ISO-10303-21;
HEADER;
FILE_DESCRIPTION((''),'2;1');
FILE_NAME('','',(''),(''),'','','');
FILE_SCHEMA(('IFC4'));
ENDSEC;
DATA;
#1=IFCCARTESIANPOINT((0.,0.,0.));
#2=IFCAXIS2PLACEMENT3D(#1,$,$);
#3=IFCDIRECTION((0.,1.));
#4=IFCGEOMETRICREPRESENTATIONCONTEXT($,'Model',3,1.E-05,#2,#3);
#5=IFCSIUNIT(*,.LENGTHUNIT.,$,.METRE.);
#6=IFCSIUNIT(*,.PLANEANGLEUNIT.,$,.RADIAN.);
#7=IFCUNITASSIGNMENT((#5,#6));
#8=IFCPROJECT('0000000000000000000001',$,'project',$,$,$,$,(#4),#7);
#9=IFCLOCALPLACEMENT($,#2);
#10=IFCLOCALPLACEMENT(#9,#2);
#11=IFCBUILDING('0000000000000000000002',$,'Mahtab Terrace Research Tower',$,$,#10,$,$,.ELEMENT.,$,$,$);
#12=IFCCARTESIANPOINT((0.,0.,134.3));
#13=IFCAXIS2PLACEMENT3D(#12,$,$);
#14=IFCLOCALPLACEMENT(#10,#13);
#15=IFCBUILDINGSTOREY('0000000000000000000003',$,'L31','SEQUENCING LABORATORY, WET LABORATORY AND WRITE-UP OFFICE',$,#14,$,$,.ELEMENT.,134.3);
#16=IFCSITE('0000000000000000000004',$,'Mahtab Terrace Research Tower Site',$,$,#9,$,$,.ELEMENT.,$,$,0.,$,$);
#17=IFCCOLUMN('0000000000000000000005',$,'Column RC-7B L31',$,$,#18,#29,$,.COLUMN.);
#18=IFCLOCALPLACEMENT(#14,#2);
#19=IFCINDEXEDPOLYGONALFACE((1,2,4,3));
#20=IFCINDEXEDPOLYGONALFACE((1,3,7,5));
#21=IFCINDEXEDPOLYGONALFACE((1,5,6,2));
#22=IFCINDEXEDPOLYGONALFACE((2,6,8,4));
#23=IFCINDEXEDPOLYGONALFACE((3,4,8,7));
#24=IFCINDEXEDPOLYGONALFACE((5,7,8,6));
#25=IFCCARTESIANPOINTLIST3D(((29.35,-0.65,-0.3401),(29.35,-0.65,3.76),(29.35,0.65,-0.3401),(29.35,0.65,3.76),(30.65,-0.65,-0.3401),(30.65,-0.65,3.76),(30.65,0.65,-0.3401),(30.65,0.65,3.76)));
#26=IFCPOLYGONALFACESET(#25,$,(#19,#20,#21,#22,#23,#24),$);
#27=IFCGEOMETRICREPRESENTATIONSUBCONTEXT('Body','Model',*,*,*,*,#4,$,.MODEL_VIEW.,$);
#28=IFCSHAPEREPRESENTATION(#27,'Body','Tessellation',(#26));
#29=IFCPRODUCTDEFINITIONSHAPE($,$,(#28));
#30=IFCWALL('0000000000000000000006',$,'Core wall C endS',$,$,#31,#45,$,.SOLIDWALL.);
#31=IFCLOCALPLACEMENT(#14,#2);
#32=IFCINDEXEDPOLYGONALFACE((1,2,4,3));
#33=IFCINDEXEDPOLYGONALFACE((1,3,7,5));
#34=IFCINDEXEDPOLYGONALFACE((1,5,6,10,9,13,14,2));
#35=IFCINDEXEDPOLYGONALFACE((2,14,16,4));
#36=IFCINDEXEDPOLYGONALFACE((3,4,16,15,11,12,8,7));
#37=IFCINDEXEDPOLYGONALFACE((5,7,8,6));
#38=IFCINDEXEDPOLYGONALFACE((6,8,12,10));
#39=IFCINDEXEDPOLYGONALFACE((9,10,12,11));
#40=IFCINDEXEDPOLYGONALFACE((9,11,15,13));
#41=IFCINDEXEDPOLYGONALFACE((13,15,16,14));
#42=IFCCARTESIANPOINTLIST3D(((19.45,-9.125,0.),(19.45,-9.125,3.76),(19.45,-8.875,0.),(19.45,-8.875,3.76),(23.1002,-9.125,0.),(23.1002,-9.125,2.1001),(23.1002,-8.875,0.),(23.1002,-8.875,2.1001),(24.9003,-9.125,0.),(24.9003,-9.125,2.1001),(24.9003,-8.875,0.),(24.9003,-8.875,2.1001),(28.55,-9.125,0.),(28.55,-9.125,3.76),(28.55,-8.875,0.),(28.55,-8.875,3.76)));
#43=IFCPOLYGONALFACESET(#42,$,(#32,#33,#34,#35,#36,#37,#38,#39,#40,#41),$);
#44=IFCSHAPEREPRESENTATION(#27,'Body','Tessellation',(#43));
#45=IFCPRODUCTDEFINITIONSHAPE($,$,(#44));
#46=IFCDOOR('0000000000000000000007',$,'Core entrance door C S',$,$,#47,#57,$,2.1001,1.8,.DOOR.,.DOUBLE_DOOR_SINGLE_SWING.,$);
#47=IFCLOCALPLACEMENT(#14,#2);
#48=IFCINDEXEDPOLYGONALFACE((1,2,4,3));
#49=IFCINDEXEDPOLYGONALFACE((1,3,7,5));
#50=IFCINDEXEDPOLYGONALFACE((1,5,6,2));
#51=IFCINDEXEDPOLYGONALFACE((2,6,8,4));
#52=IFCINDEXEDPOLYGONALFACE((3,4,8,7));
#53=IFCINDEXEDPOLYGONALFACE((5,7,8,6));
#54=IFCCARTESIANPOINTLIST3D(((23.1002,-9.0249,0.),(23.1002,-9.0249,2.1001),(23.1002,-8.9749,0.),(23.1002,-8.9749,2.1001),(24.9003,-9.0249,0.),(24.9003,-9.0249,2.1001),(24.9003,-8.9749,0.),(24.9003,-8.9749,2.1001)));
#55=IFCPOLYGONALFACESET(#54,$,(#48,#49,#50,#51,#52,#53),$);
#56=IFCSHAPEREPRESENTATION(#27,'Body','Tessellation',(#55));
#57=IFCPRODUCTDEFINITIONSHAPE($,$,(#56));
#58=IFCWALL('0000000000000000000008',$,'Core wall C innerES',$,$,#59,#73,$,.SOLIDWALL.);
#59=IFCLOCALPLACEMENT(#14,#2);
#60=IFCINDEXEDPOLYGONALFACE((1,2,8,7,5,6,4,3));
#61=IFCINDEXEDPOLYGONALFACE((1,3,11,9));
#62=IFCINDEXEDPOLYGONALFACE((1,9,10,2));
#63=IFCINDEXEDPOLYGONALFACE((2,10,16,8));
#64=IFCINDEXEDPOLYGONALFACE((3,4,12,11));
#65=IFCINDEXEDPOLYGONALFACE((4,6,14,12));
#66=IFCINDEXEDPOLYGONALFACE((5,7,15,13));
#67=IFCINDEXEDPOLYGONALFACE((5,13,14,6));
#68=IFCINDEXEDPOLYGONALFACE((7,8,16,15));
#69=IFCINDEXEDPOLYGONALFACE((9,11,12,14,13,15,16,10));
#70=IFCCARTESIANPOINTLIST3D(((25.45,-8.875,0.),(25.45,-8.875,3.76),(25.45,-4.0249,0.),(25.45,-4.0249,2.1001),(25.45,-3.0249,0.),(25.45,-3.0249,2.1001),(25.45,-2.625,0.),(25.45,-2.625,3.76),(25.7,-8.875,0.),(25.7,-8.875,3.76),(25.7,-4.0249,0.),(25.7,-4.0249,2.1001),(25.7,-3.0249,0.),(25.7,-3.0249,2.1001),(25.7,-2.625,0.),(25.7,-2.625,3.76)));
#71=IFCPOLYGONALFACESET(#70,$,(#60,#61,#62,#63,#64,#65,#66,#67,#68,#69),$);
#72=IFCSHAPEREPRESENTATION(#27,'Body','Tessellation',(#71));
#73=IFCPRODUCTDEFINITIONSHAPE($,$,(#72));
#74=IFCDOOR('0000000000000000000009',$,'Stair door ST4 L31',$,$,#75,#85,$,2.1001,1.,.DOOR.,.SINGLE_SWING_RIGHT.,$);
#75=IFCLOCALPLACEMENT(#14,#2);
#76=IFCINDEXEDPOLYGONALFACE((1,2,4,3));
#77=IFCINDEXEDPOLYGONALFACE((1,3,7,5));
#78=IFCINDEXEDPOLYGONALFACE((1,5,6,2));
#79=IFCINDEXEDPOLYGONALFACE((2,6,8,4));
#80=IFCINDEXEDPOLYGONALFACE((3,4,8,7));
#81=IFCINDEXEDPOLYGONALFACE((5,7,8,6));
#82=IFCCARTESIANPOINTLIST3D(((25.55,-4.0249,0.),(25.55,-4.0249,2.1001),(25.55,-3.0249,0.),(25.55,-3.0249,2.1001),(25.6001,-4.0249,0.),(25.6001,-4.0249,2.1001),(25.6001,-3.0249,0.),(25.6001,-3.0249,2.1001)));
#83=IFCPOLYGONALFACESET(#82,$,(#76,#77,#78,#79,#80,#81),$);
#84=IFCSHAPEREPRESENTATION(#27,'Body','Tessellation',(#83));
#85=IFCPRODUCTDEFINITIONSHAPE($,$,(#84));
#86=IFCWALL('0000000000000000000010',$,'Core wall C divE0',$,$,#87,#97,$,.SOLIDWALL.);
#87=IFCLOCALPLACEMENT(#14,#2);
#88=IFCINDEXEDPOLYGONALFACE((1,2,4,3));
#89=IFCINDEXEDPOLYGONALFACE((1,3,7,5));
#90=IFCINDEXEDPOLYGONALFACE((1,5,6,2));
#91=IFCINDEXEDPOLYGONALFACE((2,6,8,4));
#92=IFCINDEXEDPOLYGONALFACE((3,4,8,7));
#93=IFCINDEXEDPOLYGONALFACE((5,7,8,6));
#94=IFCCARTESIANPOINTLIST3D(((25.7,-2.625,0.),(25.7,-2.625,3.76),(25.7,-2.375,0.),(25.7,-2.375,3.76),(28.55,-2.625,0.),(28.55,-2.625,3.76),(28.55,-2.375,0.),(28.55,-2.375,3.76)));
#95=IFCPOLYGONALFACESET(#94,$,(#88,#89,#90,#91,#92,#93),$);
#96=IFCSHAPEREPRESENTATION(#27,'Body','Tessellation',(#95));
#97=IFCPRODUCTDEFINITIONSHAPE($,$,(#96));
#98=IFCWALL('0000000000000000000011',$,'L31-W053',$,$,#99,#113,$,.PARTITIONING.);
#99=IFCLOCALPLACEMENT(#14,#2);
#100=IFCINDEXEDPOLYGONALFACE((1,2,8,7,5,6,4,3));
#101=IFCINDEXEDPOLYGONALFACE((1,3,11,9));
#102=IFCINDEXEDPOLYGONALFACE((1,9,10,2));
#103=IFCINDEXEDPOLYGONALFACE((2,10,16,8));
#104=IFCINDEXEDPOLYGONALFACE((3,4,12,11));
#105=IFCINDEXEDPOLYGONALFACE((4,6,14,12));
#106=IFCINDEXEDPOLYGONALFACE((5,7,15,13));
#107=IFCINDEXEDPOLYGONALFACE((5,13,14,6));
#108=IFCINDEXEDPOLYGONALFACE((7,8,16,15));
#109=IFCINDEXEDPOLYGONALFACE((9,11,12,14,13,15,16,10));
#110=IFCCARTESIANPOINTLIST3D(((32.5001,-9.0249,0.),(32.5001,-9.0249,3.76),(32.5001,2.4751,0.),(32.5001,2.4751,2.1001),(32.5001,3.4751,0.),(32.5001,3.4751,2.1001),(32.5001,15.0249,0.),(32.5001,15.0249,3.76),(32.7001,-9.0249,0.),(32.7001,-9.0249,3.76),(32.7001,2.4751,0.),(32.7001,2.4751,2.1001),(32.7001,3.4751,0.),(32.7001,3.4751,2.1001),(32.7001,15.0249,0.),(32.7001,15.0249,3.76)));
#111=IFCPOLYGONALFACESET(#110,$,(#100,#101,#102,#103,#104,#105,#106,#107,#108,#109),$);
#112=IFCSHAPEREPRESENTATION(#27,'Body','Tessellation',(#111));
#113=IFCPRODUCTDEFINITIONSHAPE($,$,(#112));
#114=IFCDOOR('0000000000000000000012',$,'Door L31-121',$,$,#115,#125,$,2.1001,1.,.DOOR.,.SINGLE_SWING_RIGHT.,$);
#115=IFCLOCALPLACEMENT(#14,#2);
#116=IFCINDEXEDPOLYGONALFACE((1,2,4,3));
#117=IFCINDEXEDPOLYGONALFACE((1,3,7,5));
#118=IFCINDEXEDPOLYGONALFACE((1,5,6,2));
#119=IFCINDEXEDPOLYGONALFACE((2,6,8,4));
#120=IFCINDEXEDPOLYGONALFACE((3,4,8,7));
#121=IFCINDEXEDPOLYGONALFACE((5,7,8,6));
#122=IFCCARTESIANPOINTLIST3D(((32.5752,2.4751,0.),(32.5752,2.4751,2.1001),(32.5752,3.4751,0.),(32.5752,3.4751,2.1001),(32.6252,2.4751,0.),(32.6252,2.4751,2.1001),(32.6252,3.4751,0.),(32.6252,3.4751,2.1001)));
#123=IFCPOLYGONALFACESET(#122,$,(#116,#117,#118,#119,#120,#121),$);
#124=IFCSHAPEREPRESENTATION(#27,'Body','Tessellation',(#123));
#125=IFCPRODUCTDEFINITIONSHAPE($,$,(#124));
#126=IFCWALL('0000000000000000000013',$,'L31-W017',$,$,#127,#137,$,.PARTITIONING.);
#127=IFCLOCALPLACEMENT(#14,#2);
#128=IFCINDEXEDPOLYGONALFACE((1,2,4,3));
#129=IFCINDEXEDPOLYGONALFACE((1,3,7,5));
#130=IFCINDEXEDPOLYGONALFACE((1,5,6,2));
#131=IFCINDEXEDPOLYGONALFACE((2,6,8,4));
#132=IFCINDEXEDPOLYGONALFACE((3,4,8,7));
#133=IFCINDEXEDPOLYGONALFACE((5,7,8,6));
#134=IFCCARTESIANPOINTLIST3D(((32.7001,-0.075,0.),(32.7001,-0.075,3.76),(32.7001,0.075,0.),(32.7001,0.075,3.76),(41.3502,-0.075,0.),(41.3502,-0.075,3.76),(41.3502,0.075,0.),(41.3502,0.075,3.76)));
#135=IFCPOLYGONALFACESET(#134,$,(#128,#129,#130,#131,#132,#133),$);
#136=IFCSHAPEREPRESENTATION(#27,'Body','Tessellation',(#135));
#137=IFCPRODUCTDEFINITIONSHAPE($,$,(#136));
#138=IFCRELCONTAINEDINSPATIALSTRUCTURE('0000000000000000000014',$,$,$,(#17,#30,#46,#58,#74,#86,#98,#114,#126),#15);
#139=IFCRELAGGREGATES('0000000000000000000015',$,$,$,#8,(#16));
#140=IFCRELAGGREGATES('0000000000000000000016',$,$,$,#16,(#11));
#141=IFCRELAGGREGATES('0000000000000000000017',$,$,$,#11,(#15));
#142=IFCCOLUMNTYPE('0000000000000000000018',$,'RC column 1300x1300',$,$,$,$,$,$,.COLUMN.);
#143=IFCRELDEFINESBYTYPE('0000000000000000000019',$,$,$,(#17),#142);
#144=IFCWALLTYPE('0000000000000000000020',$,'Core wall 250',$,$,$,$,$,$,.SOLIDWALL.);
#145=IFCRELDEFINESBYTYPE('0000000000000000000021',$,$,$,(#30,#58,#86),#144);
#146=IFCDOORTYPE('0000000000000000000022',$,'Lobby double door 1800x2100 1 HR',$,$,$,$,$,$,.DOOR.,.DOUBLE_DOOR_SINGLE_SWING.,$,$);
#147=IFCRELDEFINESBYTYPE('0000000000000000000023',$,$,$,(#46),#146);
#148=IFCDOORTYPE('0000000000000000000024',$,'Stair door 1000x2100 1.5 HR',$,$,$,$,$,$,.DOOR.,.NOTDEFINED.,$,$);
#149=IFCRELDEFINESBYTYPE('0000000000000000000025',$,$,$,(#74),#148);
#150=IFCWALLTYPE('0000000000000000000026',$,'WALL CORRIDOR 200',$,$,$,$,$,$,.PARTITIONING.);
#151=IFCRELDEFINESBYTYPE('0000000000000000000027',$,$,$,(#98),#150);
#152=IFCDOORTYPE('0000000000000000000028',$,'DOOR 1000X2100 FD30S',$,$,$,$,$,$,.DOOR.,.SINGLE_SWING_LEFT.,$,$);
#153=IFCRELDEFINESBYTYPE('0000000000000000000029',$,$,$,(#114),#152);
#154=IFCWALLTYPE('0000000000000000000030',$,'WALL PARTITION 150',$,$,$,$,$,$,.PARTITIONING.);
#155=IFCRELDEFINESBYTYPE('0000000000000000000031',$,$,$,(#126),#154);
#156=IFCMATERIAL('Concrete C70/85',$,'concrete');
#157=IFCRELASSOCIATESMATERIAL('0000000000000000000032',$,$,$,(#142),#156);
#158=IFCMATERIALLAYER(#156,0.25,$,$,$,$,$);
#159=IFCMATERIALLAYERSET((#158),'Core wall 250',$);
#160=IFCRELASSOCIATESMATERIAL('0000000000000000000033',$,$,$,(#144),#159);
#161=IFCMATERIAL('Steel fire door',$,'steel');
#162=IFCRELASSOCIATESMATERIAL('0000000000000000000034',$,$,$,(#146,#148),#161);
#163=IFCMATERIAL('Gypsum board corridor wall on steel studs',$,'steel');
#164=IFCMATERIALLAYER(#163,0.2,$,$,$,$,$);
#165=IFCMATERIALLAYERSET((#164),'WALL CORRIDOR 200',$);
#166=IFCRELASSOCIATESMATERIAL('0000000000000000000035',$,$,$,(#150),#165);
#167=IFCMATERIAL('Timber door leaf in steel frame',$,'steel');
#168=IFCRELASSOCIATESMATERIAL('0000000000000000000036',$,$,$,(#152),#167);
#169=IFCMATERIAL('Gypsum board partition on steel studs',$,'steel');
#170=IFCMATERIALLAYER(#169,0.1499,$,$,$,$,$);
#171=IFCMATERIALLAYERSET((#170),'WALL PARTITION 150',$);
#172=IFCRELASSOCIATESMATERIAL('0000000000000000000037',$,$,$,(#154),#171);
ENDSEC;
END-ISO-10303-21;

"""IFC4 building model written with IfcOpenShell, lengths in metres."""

from ifc_helpers import new_model, si_unit, direction, frame, frame_2d, origin, origin_2d, place, context, subcontext, project, spatial, rectangle, extrude, material, layer, layer_set, material_profile, profile_set, type_object, element, fill, save


model = new_model("IFC4")

# Units and contexts
model_context = context("Model", 3, precision=1e-05, world=origin(), true_north=direction((0.0, 1.0)))
body_context = subcontext(model_context, "Body", "Model", "MODEL_VIEW")
ifc_project = project(units=[si_unit("LENGTHUNIT", "METRE"), si_unit("PLANEANGLEUNIT", "RADIAN")], contexts=[model_context])

# Site, building, storey
site_placement = place(None, origin())
site = spatial("IfcSite", under=ifc_project, at=site_placement, Name="Mahtab Terrace Research Tower Site", CompositionType="ELEMENT", RefElevation=0.0)
building_placement = place(site_placement, origin())
building = spatial("IfcBuilding", under=site, at=building_placement, Name="Mahtab Terrace Research Tower", CompositionType="ELEMENT")
storey_placement = place(building_placement, frame((0.0, 0.0, 134.3)))
storey = spatial("IfcBuildingStorey", under=building, at=storey_placement, Name="L31", Description="SEQUENCING LABORATORY, WET LABORATORY AND WRITE-UP OFFICE", CompositionType="ELEMENT", Elevation=134.3)

# Column
ifc_material_1 = material(Name="Concrete C70/85", Category="concrete")
ifc_material_profile = material_profile(ifc_material_1, rectangle(XDim=1.3, YDim=1.3, at=origin_2d()), Name="RC column 1300x1300")
ifc_profile_set = profile_set([ifc_material_profile], Name="Concrete C70/85")
column_type = type_object("IfcColumnType", Name="RC column 1300x1300", PredefinedType="COLUMN", material=ifc_profile_set)
column_placement = place(storey_placement, frame((30.0, 0.0, -0.3401), z_axis=(0.0, 0.0, 1.0), x_axis=(1.0, 0.0, 0.0)))
element("IfcColumn", 1, at=column_placement, inside=storey, type_object=column_type, Name="Column RC-7B L31", PredefinedType="COLUMN", context=body_context, shape_type="SweptSolid", body=[
    extrude(rectangle(XDim=1.3, YDim=1.3, at=origin_2d()), origin(), (0.0, 0.0, 1.0), 4.1001),
])

# Walls, openings, doors
ifc_layer_1 = layer(ifc_material_1, 0.25)
ifc_layer_set_1 = layer_set([ifc_layer_1], Name="Core wall 250")
wall_type_1 = type_object("IfcWallType", Name="Core wall 250", PredefinedType="SOLIDWALL", material=ifc_layer_set_1)
wall_1_placement = place(storey_placement, frame((28.55, -9.0, 0.0), z_axis=(0.0, 0.0, 1.0), x_axis=(-1.0, 0.0, 0.0)))
wall_1 = element("IfcWall", 2, at=wall_1_placement, inside=storey, type_object=wall_type_1, Name="Core wall C endS", PredefinedType="SOLIDWALL", context=body_context, shape_type="SweptSolid", body=[
    extrude(rectangle(XDim=9.1001, YDim=0.25, at=frame_2d((4.55, 0.0))), origin(), (0.0, 0.0, 1.0), 3.76),
])
opening_1_placement = place(wall_1_placement, frame((3.6499, 0.0, 0.0)))
opening_1 = element("IfcOpeningElement", 3, at=opening_1_placement, cuts=wall_1, PredefinedType="OPENING", context=body_context, shape_type="SweptSolid", body=[
    extrude(rectangle(XDim=1.8, YDim=2.1001, at=frame_2d((0.8999, 1.05))), frame((0.0, 0.135, 0.0), z_axis=(0.0, -1.0, 0.0), x_axis=(1.0, 0.0, 0.0)), (0.0, 0.0, 1.0), 0.27),
])
ifc_material_2 = material(Name="Steel fire door", Category="steel")
door_type_1 = type_object("IfcDoorType", Name="Lobby double door 1800x2100 1 HR", OperationType="DOUBLE_DOOR_SINGLE_SWING", PredefinedType="DOOR", material=ifc_material_2)
door_1_placement = place(opening_1_placement, origin())
door_1 = element("IfcDoor", 4, at=door_1_placement, inside=storey, type_object=door_type_1, Name="Core entrance door C S", OperationType="DOUBLE_DOOR_SINGLE_SWING", OverallHeight=2.1001, OverallWidth=1.8, PredefinedType="DOOR", context=body_context, shape_type="SweptSolid", body=[
    extrude(rectangle(XDim=1.8, YDim=2.1001, at=frame_2d((0.8999, 1.05))), frame((0.0, 0.0249, 0.0), z_axis=(0.0, -1.0, 0.0), x_axis=(1.0, 0.0, 0.0)), (0.0, 0.0, 1.0), 0.05),
])
fill(opening_1, door_1)
wall_2_placement = place(storey_placement, frame((25.575, -8.875, 0.0), z_axis=(0.0, 0.0, 1.0), x_axis=(0.0, 1.0, 0.0)))
wall_2 = element("IfcWall", 5, at=wall_2_placement, inside=storey, type_object=wall_type_1, Name="Core wall C innerES", PredefinedType="SOLIDWALL", context=body_context, shape_type="SweptSolid", body=[
    extrude(rectangle(XDim=6.25, YDim=0.25, at=frame_2d((3.125, 0.0))), origin(), (0.0, 0.0, 1.0), 3.76),
])
opening_2_placement = place(wall_2_placement, frame((4.8501, 0.0, 0.0)))
opening_2 = element("IfcOpeningElement", 6, at=opening_2_placement, cuts=wall_2, PredefinedType="OPENING", context=body_context, shape_type="SweptSolid", body=[
    extrude(rectangle(XDim=1.0, YDim=2.1001, at=frame_2d((0.5, 1.05))), frame((0.0, 0.135, 0.0), z_axis=(0.0, -1.0, 0.0), x_axis=(1.0, 0.0, 0.0)), (0.0, 0.0, 1.0), 0.27),
])
door_type_2 = type_object("IfcDoorType", Name="Stair door 1000x2100 1.5 HR", OperationType="NOTDEFINED", PredefinedType="DOOR", material=ifc_material_2)
door_2_placement = place(opening_2_placement, origin())
door_2 = element("IfcDoor", 7, at=door_2_placement, inside=storey, type_object=door_type_2, Name="Stair door ST4 L31", OperationType="SINGLE_SWING_RIGHT", OverallHeight=2.1001, OverallWidth=1.0, PredefinedType="DOOR", context=body_context, shape_type="SweptSolid", body=[
    extrude(rectangle(XDim=1.0, YDim=2.1001, at=frame_2d((0.5, 1.05))), frame((0.0, 0.0249, 0.0), z_axis=(0.0, -1.0, 0.0), x_axis=(1.0, 0.0, 0.0)), (0.0, 0.0, 1.0), 0.05),
])
fill(opening_2, door_2)

# Wall
wall_3_placement = place(storey_placement, frame((25.7, -2.5, 0.0), z_axis=(0.0, 0.0, 1.0), x_axis=(1.0, 0.0, 0.0)))
element("IfcWall", 8, at=wall_3_placement, inside=storey, type_object=wall_type_1, Name="Core wall C divE0", PredefinedType="SOLIDWALL", context=body_context, shape_type="SweptSolid", body=[
    extrude(rectangle(XDim=2.8501, YDim=0.25, at=frame_2d((1.425, 0.0))), origin(), (0.0, 0.0, 1.0), 3.76),
])

# Wall, opening, door
ifc_material_3 = material(Name="Gypsum board corridor wall on steel studs", Category="steel")
ifc_layer_2 = layer(ifc_material_3, 0.2)
ifc_layer_set_2 = layer_set([ifc_layer_2], Name="WALL CORRIDOR 200")
wall_type_2 = type_object("IfcWallType", Name="WALL CORRIDOR 200", PredefinedType="PARTITIONING", material=ifc_layer_set_2)
wall_4_placement = place(storey_placement, frame((32.6001, -9.0249, 0.0), z_axis=(0.0, 0.0, 1.0), x_axis=(0.0, 1.0, 0.0)))
wall_4 = element("IfcWall", 9, at=wall_4_placement, inside=storey, type_object=wall_type_2, Name="L31-W053", PredefinedType="PARTITIONING", context=body_context, shape_type="SweptSolid", body=[
    extrude(rectangle(XDim=24.0498, YDim=0.2, at=frame_2d((12.0249, 0.0))), origin(), (0.0, 0.0, 1.0), 3.76),
])
opening_3_placement = place(wall_4_placement, frame((11.5, 0.0, 0.0)))
opening_3 = element("IfcOpeningElement", 10, at=opening_3_placement, cuts=wall_4, PredefinedType="OPENING", context=body_context, shape_type="SweptSolid", body=[
    extrude(rectangle(XDim=1.0, YDim=2.1001, at=frame_2d((0.5, 1.05))), frame((0.0, 0.1099, 0.0), z_axis=(0.0, -1.0, 0.0), x_axis=(1.0, 0.0, 0.0)), (0.0, 0.0, 1.0), 0.22),
])
ifc_material_4 = material(Name="Timber door leaf in steel frame", Category="steel")
door_type_3 = type_object("IfcDoorType", Name="DOOR 1000X2100 FD30S", OperationType="SINGLE_SWING_LEFT", PredefinedType="DOOR", material=ifc_material_4)
door_3_placement = place(opening_3_placement, origin())
door_3 = element("IfcDoor", 11, at=door_3_placement, inside=storey, type_object=door_type_3, Name="Door L31-121", OperationType="SINGLE_SWING_RIGHT", OverallHeight=2.1001, OverallWidth=1.0, PredefinedType="DOOR", context=body_context, shape_type="SweptSolid", body=[
    extrude(rectangle(XDim=1.0, YDim=2.1001, at=frame_2d((0.5, 1.05))), frame((0.0, 0.0249, 0.0), z_axis=(0.0, -1.0, 0.0), x_axis=(1.0, 0.0, 0.0)), (0.0, 0.0, 1.0), 0.05),
])
fill(opening_3, door_3)

# Wall
ifc_material_5 = material(Name="Gypsum board partition on steel studs", Category="steel")
ifc_layer_3 = layer(ifc_material_5, 0.1499)
ifc_layer_set_3 = layer_set([ifc_layer_3], Name="WALL PARTITION 150")
wall_type_3 = type_object("IfcWallType", Name="WALL PARTITION 150", PredefinedType="PARTITIONING", material=ifc_layer_set_3)
wall_5_placement = place(storey_placement, frame((32.7, 0.0, 0.0), z_axis=(0.0, 0.0, 1.0), x_axis=(1.0, 0.0, 0.0)))
element("IfcWall", 12, at=wall_5_placement, inside=storey, type_object=wall_type_3, Name="L31-W017", PredefinedType="PARTITIONING", context=body_context, shape_type="SweptSolid", body=[
    extrude(rectangle(XDim=8.6501, YDim=0.1499, at=frame_2d((4.3252, 0.0))), origin(), (0.0, 0.0, 1.0), 3.76),
])

save(model, "model.ifc")
